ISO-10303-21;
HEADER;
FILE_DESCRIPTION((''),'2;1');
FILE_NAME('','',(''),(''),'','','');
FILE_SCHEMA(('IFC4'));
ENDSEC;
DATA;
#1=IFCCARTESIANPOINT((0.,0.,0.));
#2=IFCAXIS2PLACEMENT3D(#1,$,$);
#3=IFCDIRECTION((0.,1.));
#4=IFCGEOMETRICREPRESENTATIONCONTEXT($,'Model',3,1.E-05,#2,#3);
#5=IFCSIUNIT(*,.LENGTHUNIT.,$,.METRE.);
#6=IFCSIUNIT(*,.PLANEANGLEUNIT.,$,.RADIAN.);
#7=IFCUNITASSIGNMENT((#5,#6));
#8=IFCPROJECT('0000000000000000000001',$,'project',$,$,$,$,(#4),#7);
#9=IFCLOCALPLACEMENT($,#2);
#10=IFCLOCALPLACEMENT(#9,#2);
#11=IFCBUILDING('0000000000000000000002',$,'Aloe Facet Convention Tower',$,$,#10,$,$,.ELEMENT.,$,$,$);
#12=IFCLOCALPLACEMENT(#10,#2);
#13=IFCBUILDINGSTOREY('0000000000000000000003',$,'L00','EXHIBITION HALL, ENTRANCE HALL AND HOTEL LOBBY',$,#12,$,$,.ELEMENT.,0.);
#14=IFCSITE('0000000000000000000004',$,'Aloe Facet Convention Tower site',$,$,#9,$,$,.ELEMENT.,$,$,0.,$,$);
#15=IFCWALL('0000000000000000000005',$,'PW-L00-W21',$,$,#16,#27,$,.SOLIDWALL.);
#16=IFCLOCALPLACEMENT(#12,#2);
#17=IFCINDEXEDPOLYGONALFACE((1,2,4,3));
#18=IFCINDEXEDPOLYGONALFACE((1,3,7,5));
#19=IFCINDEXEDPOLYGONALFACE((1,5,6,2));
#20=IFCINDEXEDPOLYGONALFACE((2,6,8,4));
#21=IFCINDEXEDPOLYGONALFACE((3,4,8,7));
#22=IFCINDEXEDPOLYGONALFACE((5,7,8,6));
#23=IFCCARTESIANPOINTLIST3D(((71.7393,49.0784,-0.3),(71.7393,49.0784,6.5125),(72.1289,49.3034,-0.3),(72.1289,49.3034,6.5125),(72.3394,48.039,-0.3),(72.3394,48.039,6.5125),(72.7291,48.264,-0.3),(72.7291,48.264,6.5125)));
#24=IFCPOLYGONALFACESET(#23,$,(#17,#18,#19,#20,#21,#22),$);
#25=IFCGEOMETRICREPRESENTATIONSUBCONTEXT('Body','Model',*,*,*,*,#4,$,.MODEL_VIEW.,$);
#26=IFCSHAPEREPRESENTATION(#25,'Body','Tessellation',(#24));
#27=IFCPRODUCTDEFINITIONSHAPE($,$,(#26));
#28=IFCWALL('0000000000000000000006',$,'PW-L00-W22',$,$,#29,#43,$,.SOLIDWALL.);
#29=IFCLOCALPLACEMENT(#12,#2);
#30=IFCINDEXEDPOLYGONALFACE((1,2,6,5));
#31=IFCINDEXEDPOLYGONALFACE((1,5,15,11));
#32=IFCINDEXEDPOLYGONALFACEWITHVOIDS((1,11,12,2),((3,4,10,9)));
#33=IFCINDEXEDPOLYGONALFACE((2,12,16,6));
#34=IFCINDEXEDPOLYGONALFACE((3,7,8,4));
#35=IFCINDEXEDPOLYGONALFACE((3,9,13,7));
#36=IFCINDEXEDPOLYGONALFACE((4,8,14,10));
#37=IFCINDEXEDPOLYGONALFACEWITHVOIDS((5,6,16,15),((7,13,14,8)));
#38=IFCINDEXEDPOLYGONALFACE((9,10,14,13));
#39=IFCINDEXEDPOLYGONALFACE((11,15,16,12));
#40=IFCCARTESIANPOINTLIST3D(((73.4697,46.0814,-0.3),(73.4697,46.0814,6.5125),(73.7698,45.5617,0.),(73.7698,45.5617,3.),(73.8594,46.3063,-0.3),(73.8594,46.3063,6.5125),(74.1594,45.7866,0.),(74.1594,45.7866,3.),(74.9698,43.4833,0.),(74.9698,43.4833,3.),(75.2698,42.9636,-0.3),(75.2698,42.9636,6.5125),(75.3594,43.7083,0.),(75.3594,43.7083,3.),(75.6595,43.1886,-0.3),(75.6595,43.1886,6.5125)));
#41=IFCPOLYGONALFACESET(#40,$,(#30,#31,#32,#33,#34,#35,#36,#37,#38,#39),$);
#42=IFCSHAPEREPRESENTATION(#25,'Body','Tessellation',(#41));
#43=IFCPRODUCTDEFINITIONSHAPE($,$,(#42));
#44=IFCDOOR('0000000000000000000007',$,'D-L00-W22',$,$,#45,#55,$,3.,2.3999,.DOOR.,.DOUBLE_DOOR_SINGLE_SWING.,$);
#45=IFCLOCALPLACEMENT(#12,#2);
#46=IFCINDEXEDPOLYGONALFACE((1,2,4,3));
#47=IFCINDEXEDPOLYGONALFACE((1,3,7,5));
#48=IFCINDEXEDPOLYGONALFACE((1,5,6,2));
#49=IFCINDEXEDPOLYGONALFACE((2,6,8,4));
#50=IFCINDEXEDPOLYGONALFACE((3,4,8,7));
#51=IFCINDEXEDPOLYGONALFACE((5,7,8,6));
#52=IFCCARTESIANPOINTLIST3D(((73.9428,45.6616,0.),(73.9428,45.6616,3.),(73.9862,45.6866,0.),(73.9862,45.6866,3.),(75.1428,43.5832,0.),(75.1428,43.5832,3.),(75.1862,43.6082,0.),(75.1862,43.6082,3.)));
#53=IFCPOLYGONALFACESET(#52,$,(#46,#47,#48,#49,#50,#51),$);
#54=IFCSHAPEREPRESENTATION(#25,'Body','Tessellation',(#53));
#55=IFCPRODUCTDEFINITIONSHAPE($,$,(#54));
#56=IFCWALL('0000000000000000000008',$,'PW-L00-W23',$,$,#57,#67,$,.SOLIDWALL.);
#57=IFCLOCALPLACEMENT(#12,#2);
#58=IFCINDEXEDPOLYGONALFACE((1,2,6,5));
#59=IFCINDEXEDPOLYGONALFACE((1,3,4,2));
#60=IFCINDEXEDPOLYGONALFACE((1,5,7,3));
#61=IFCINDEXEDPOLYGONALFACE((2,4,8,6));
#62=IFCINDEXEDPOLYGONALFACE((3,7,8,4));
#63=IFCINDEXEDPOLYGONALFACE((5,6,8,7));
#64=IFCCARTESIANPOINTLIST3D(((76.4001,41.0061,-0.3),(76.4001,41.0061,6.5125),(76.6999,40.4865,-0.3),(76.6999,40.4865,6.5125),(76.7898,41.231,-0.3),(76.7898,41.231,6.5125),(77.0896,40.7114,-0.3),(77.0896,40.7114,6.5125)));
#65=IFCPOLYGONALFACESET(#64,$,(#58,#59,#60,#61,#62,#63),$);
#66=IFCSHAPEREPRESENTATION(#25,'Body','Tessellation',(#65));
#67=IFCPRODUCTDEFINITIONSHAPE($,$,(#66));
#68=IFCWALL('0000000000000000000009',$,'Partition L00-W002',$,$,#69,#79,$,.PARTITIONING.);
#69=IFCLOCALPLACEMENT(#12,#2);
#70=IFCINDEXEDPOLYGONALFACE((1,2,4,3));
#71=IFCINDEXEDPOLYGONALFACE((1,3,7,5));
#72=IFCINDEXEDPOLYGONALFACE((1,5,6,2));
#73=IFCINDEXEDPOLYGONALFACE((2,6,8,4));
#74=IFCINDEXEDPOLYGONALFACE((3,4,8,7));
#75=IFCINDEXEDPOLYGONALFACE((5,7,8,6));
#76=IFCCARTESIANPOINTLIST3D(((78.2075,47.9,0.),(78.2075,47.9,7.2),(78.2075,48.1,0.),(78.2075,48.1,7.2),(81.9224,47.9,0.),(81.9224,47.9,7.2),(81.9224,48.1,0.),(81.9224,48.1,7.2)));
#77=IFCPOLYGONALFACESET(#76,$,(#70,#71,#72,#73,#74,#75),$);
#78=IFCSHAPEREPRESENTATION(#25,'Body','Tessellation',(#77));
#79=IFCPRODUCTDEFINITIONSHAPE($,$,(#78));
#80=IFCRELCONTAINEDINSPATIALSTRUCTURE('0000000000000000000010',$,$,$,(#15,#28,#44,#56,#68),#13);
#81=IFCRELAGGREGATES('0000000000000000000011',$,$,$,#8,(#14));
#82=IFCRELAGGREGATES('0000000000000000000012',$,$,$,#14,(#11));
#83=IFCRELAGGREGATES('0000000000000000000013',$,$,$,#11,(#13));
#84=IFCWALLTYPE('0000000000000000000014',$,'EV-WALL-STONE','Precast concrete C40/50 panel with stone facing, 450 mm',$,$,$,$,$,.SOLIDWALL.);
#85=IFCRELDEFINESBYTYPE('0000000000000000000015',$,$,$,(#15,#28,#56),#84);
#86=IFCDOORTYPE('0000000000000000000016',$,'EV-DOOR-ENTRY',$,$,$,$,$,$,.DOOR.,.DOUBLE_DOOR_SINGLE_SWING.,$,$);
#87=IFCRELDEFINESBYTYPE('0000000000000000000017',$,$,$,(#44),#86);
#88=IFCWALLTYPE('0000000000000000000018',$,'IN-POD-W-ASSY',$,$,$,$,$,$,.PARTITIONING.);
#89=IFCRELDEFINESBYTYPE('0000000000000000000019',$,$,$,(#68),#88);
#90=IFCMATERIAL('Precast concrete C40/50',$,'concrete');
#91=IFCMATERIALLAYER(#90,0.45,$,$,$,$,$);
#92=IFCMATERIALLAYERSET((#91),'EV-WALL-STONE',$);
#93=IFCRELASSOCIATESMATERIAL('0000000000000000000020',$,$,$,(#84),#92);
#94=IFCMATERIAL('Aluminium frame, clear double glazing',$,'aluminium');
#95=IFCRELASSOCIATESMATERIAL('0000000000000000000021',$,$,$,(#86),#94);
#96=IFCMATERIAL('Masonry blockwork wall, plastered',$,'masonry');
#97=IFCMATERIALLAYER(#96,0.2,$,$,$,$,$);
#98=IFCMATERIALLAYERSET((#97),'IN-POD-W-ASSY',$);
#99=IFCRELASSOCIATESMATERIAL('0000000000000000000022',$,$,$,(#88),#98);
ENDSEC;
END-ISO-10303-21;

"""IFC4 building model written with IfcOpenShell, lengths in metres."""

from ifc_helpers import new_model, si_unit, direction, frame, frame_2d, origin, place, context, subcontext, project, spatial, rectangle, extrude, material, layer, layer_set, type_object, element, fill, save


model = new_model("IFC4")

# Units and contexts
model_context = context("Model", 3, precision=1e-05, world=origin(), true_north=direction((0.0, 1.0)))
body_context = subcontext(model_context, "Body", "Model", "MODEL_VIEW")
ifc_project = project(units=[si_unit("LENGTHUNIT", "METRE"), si_unit("PLANEANGLEUNIT", "RADIAN")], contexts=[model_context])

# Site, building, storey
site_placement = place(None, origin())
site = spatial("IfcSite", under=ifc_project, at=site_placement, Name="Aloe Facet Convention Tower site", CompositionType="ELEMENT", RefElevation=0.0)
building_placement = place(site_placement, origin())
building = spatial("IfcBuilding", under=site, at=building_placement, Name="Aloe Facet Convention Tower", CompositionType="ELEMENT")
storey_placement = place(building_placement, origin())
storey = spatial("IfcBuildingStorey", under=building, at=storey_placement, Name="L00", Description="EXHIBITION HALL, ENTRANCE HALL AND HOTEL LOBBY", CompositionType="ELEMENT", Elevation=0.0)

# Wall
ifc_material_1 = material(Name="Precast concrete C40/50", Category="concrete")
ifc_layer_1 = layer(ifc_material_1, 0.45)
ifc_layer_set_1 = layer_set([ifc_layer_1], Name="EV-WALL-STONE")
wall_type_1 = type_object("IfcWallType", Name="EV-WALL-STONE", Description="Precast concrete C40/50 panel with stone facing, 450 mm", PredefinedType="SOLIDWALL", material=ifc_layer_set_1)
wall_1_placement = place(storey_placement, frame((71.9341, 49.1909, -0.3), z_axis=(0.0, 0.0, 1.0), x_axis=(0.500034, -0.866006, 0.0)))
element("IfcWall", 1, at=wall_1_placement, inside=storey, type_object=wall_type_1, Name="PW-L00-W21", PredefinedType="SOLIDWALL", context=body_context, shape_type="SweptSolid", body=[
    extrude(rectangle(XDim=1.2002, YDim=0.45, at=frame_2d((0.6001, 0.0))), origin(), (0.0, 0.0, 1.0), 6.8125),
])

# Wall, opening, door
wall_2_placement = place(storey_placement, frame((73.6646, 46.1938, -0.3), z_axis=(0.0, 0.0, 1.0), x_axis=(0.500012, -0.866018, 0.0)))
wall_2 = element("IfcWall", 2, at=wall_2_placement, inside=storey, type_object=wall_type_1, Name="PW-L00-W22", PredefinedType="SOLIDWALL", context=body_context, shape_type="SweptSolid", body=[
    extrude(rectangle(XDim=3.6001, YDim=0.45, at=frame_2d((1.8, 0.0))), origin(), (0.0, 0.0, 1.0), 6.8125),
])
opening_placement = place(wall_2_placement, frame((0.6001, 0.0, 0.3)))
opening = element("IfcOpeningElement", 3, at=opening_placement, cuts=wall_2, PredefinedType="OPENING", context=body_context, shape_type="SweptSolid", body=[
    extrude(rectangle(XDim=2.3999, YDim=3.0, at=frame_2d((1.2, 1.5))), frame((0.0, 0.2349, 0.0), z_axis=(0.0, -1.0, 0.0), x_axis=(1.0, 0.0, 0.0)), (0.0, 0.0, 1.0), 0.47),
])
ifc_material_2 = material(Name="Aluminium frame, clear double glazing", Category="aluminium")
door_type = type_object("IfcDoorType", Name="EV-DOOR-ENTRY", OperationType="DOUBLE_DOOR_SINGLE_SWING", PredefinedType="DOOR", material=ifc_material_2)
door_placement = place(opening_placement, origin())
door = element("IfcDoor", 4, at=door_placement, inside=storey, type_object=door_type, Name="D-L00-W22", OperationType="DOUBLE_DOOR_SINGLE_SWING", OverallHeight=3.0, OverallWidth=2.3999, PredefinedType="DOOR", context=body_context, shape_type="SweptSolid", body=[
    extrude(rectangle(XDim=2.3999, YDim=3.0, at=frame_2d((1.2, 1.5))), frame((0.0, 0.0249, 0.0), z_axis=(0.0, -1.0, 0.0), x_axis=(1.0, 0.0, 0.0)), (0.0, 0.0, 1.0), 0.05),
])
fill(opening, door)

# Walls
wall_3_placement = place(storey_placement, frame((76.595, 41.1184, -0.3), z_axis=(0.0, 0.0, 1.0), x_axis=(0.499816, -0.866131, 0.0)))
element("IfcWall", 5, at=wall_3_placement, inside=storey, type_object=wall_type_1, Name="PW-L00-W23", PredefinedType="SOLIDWALL", context=body_context, shape_type="SweptSolid", body=[
    extrude(rectangle(XDim=0.5999, YDim=0.45, at=frame_2d((0.2998, 0.0))), origin(), (0.0, 0.0, 1.0), 6.8125),
])
ifc_material_3 = material(Name="Masonry blockwork wall, plastered", Category="masonry")
ifc_layer_2 = layer(ifc_material_3, 0.2)
ifc_layer_set_2 = layer_set([ifc_layer_2], Name="IN-POD-W-ASSY")
wall_type_2 = type_object("IfcWallType", Name="IN-POD-W-ASSY", PredefinedType="PARTITIONING", material=ifc_layer_set_2)
wall_4_placement = place(storey_placement, frame((78.2075, 48.0, 0.0), z_axis=(0.0, 0.0, 1.0), x_axis=(1.0, 0.0, 0.0)))
element("IfcWall", 6, at=wall_4_placement, inside=storey, type_object=wall_type_2, Name="Partition L00-W002", PredefinedType="PARTITIONING", context=body_context, shape_type="SweptSolid", body=[
    extrude(rectangle(XDim=3.7148, YDim=0.2, at=frame_2d((1.8574, 0.0))), origin(), (0.0, 0.0, 1.0), 7.2),
])

save(model, "model.ifc")
